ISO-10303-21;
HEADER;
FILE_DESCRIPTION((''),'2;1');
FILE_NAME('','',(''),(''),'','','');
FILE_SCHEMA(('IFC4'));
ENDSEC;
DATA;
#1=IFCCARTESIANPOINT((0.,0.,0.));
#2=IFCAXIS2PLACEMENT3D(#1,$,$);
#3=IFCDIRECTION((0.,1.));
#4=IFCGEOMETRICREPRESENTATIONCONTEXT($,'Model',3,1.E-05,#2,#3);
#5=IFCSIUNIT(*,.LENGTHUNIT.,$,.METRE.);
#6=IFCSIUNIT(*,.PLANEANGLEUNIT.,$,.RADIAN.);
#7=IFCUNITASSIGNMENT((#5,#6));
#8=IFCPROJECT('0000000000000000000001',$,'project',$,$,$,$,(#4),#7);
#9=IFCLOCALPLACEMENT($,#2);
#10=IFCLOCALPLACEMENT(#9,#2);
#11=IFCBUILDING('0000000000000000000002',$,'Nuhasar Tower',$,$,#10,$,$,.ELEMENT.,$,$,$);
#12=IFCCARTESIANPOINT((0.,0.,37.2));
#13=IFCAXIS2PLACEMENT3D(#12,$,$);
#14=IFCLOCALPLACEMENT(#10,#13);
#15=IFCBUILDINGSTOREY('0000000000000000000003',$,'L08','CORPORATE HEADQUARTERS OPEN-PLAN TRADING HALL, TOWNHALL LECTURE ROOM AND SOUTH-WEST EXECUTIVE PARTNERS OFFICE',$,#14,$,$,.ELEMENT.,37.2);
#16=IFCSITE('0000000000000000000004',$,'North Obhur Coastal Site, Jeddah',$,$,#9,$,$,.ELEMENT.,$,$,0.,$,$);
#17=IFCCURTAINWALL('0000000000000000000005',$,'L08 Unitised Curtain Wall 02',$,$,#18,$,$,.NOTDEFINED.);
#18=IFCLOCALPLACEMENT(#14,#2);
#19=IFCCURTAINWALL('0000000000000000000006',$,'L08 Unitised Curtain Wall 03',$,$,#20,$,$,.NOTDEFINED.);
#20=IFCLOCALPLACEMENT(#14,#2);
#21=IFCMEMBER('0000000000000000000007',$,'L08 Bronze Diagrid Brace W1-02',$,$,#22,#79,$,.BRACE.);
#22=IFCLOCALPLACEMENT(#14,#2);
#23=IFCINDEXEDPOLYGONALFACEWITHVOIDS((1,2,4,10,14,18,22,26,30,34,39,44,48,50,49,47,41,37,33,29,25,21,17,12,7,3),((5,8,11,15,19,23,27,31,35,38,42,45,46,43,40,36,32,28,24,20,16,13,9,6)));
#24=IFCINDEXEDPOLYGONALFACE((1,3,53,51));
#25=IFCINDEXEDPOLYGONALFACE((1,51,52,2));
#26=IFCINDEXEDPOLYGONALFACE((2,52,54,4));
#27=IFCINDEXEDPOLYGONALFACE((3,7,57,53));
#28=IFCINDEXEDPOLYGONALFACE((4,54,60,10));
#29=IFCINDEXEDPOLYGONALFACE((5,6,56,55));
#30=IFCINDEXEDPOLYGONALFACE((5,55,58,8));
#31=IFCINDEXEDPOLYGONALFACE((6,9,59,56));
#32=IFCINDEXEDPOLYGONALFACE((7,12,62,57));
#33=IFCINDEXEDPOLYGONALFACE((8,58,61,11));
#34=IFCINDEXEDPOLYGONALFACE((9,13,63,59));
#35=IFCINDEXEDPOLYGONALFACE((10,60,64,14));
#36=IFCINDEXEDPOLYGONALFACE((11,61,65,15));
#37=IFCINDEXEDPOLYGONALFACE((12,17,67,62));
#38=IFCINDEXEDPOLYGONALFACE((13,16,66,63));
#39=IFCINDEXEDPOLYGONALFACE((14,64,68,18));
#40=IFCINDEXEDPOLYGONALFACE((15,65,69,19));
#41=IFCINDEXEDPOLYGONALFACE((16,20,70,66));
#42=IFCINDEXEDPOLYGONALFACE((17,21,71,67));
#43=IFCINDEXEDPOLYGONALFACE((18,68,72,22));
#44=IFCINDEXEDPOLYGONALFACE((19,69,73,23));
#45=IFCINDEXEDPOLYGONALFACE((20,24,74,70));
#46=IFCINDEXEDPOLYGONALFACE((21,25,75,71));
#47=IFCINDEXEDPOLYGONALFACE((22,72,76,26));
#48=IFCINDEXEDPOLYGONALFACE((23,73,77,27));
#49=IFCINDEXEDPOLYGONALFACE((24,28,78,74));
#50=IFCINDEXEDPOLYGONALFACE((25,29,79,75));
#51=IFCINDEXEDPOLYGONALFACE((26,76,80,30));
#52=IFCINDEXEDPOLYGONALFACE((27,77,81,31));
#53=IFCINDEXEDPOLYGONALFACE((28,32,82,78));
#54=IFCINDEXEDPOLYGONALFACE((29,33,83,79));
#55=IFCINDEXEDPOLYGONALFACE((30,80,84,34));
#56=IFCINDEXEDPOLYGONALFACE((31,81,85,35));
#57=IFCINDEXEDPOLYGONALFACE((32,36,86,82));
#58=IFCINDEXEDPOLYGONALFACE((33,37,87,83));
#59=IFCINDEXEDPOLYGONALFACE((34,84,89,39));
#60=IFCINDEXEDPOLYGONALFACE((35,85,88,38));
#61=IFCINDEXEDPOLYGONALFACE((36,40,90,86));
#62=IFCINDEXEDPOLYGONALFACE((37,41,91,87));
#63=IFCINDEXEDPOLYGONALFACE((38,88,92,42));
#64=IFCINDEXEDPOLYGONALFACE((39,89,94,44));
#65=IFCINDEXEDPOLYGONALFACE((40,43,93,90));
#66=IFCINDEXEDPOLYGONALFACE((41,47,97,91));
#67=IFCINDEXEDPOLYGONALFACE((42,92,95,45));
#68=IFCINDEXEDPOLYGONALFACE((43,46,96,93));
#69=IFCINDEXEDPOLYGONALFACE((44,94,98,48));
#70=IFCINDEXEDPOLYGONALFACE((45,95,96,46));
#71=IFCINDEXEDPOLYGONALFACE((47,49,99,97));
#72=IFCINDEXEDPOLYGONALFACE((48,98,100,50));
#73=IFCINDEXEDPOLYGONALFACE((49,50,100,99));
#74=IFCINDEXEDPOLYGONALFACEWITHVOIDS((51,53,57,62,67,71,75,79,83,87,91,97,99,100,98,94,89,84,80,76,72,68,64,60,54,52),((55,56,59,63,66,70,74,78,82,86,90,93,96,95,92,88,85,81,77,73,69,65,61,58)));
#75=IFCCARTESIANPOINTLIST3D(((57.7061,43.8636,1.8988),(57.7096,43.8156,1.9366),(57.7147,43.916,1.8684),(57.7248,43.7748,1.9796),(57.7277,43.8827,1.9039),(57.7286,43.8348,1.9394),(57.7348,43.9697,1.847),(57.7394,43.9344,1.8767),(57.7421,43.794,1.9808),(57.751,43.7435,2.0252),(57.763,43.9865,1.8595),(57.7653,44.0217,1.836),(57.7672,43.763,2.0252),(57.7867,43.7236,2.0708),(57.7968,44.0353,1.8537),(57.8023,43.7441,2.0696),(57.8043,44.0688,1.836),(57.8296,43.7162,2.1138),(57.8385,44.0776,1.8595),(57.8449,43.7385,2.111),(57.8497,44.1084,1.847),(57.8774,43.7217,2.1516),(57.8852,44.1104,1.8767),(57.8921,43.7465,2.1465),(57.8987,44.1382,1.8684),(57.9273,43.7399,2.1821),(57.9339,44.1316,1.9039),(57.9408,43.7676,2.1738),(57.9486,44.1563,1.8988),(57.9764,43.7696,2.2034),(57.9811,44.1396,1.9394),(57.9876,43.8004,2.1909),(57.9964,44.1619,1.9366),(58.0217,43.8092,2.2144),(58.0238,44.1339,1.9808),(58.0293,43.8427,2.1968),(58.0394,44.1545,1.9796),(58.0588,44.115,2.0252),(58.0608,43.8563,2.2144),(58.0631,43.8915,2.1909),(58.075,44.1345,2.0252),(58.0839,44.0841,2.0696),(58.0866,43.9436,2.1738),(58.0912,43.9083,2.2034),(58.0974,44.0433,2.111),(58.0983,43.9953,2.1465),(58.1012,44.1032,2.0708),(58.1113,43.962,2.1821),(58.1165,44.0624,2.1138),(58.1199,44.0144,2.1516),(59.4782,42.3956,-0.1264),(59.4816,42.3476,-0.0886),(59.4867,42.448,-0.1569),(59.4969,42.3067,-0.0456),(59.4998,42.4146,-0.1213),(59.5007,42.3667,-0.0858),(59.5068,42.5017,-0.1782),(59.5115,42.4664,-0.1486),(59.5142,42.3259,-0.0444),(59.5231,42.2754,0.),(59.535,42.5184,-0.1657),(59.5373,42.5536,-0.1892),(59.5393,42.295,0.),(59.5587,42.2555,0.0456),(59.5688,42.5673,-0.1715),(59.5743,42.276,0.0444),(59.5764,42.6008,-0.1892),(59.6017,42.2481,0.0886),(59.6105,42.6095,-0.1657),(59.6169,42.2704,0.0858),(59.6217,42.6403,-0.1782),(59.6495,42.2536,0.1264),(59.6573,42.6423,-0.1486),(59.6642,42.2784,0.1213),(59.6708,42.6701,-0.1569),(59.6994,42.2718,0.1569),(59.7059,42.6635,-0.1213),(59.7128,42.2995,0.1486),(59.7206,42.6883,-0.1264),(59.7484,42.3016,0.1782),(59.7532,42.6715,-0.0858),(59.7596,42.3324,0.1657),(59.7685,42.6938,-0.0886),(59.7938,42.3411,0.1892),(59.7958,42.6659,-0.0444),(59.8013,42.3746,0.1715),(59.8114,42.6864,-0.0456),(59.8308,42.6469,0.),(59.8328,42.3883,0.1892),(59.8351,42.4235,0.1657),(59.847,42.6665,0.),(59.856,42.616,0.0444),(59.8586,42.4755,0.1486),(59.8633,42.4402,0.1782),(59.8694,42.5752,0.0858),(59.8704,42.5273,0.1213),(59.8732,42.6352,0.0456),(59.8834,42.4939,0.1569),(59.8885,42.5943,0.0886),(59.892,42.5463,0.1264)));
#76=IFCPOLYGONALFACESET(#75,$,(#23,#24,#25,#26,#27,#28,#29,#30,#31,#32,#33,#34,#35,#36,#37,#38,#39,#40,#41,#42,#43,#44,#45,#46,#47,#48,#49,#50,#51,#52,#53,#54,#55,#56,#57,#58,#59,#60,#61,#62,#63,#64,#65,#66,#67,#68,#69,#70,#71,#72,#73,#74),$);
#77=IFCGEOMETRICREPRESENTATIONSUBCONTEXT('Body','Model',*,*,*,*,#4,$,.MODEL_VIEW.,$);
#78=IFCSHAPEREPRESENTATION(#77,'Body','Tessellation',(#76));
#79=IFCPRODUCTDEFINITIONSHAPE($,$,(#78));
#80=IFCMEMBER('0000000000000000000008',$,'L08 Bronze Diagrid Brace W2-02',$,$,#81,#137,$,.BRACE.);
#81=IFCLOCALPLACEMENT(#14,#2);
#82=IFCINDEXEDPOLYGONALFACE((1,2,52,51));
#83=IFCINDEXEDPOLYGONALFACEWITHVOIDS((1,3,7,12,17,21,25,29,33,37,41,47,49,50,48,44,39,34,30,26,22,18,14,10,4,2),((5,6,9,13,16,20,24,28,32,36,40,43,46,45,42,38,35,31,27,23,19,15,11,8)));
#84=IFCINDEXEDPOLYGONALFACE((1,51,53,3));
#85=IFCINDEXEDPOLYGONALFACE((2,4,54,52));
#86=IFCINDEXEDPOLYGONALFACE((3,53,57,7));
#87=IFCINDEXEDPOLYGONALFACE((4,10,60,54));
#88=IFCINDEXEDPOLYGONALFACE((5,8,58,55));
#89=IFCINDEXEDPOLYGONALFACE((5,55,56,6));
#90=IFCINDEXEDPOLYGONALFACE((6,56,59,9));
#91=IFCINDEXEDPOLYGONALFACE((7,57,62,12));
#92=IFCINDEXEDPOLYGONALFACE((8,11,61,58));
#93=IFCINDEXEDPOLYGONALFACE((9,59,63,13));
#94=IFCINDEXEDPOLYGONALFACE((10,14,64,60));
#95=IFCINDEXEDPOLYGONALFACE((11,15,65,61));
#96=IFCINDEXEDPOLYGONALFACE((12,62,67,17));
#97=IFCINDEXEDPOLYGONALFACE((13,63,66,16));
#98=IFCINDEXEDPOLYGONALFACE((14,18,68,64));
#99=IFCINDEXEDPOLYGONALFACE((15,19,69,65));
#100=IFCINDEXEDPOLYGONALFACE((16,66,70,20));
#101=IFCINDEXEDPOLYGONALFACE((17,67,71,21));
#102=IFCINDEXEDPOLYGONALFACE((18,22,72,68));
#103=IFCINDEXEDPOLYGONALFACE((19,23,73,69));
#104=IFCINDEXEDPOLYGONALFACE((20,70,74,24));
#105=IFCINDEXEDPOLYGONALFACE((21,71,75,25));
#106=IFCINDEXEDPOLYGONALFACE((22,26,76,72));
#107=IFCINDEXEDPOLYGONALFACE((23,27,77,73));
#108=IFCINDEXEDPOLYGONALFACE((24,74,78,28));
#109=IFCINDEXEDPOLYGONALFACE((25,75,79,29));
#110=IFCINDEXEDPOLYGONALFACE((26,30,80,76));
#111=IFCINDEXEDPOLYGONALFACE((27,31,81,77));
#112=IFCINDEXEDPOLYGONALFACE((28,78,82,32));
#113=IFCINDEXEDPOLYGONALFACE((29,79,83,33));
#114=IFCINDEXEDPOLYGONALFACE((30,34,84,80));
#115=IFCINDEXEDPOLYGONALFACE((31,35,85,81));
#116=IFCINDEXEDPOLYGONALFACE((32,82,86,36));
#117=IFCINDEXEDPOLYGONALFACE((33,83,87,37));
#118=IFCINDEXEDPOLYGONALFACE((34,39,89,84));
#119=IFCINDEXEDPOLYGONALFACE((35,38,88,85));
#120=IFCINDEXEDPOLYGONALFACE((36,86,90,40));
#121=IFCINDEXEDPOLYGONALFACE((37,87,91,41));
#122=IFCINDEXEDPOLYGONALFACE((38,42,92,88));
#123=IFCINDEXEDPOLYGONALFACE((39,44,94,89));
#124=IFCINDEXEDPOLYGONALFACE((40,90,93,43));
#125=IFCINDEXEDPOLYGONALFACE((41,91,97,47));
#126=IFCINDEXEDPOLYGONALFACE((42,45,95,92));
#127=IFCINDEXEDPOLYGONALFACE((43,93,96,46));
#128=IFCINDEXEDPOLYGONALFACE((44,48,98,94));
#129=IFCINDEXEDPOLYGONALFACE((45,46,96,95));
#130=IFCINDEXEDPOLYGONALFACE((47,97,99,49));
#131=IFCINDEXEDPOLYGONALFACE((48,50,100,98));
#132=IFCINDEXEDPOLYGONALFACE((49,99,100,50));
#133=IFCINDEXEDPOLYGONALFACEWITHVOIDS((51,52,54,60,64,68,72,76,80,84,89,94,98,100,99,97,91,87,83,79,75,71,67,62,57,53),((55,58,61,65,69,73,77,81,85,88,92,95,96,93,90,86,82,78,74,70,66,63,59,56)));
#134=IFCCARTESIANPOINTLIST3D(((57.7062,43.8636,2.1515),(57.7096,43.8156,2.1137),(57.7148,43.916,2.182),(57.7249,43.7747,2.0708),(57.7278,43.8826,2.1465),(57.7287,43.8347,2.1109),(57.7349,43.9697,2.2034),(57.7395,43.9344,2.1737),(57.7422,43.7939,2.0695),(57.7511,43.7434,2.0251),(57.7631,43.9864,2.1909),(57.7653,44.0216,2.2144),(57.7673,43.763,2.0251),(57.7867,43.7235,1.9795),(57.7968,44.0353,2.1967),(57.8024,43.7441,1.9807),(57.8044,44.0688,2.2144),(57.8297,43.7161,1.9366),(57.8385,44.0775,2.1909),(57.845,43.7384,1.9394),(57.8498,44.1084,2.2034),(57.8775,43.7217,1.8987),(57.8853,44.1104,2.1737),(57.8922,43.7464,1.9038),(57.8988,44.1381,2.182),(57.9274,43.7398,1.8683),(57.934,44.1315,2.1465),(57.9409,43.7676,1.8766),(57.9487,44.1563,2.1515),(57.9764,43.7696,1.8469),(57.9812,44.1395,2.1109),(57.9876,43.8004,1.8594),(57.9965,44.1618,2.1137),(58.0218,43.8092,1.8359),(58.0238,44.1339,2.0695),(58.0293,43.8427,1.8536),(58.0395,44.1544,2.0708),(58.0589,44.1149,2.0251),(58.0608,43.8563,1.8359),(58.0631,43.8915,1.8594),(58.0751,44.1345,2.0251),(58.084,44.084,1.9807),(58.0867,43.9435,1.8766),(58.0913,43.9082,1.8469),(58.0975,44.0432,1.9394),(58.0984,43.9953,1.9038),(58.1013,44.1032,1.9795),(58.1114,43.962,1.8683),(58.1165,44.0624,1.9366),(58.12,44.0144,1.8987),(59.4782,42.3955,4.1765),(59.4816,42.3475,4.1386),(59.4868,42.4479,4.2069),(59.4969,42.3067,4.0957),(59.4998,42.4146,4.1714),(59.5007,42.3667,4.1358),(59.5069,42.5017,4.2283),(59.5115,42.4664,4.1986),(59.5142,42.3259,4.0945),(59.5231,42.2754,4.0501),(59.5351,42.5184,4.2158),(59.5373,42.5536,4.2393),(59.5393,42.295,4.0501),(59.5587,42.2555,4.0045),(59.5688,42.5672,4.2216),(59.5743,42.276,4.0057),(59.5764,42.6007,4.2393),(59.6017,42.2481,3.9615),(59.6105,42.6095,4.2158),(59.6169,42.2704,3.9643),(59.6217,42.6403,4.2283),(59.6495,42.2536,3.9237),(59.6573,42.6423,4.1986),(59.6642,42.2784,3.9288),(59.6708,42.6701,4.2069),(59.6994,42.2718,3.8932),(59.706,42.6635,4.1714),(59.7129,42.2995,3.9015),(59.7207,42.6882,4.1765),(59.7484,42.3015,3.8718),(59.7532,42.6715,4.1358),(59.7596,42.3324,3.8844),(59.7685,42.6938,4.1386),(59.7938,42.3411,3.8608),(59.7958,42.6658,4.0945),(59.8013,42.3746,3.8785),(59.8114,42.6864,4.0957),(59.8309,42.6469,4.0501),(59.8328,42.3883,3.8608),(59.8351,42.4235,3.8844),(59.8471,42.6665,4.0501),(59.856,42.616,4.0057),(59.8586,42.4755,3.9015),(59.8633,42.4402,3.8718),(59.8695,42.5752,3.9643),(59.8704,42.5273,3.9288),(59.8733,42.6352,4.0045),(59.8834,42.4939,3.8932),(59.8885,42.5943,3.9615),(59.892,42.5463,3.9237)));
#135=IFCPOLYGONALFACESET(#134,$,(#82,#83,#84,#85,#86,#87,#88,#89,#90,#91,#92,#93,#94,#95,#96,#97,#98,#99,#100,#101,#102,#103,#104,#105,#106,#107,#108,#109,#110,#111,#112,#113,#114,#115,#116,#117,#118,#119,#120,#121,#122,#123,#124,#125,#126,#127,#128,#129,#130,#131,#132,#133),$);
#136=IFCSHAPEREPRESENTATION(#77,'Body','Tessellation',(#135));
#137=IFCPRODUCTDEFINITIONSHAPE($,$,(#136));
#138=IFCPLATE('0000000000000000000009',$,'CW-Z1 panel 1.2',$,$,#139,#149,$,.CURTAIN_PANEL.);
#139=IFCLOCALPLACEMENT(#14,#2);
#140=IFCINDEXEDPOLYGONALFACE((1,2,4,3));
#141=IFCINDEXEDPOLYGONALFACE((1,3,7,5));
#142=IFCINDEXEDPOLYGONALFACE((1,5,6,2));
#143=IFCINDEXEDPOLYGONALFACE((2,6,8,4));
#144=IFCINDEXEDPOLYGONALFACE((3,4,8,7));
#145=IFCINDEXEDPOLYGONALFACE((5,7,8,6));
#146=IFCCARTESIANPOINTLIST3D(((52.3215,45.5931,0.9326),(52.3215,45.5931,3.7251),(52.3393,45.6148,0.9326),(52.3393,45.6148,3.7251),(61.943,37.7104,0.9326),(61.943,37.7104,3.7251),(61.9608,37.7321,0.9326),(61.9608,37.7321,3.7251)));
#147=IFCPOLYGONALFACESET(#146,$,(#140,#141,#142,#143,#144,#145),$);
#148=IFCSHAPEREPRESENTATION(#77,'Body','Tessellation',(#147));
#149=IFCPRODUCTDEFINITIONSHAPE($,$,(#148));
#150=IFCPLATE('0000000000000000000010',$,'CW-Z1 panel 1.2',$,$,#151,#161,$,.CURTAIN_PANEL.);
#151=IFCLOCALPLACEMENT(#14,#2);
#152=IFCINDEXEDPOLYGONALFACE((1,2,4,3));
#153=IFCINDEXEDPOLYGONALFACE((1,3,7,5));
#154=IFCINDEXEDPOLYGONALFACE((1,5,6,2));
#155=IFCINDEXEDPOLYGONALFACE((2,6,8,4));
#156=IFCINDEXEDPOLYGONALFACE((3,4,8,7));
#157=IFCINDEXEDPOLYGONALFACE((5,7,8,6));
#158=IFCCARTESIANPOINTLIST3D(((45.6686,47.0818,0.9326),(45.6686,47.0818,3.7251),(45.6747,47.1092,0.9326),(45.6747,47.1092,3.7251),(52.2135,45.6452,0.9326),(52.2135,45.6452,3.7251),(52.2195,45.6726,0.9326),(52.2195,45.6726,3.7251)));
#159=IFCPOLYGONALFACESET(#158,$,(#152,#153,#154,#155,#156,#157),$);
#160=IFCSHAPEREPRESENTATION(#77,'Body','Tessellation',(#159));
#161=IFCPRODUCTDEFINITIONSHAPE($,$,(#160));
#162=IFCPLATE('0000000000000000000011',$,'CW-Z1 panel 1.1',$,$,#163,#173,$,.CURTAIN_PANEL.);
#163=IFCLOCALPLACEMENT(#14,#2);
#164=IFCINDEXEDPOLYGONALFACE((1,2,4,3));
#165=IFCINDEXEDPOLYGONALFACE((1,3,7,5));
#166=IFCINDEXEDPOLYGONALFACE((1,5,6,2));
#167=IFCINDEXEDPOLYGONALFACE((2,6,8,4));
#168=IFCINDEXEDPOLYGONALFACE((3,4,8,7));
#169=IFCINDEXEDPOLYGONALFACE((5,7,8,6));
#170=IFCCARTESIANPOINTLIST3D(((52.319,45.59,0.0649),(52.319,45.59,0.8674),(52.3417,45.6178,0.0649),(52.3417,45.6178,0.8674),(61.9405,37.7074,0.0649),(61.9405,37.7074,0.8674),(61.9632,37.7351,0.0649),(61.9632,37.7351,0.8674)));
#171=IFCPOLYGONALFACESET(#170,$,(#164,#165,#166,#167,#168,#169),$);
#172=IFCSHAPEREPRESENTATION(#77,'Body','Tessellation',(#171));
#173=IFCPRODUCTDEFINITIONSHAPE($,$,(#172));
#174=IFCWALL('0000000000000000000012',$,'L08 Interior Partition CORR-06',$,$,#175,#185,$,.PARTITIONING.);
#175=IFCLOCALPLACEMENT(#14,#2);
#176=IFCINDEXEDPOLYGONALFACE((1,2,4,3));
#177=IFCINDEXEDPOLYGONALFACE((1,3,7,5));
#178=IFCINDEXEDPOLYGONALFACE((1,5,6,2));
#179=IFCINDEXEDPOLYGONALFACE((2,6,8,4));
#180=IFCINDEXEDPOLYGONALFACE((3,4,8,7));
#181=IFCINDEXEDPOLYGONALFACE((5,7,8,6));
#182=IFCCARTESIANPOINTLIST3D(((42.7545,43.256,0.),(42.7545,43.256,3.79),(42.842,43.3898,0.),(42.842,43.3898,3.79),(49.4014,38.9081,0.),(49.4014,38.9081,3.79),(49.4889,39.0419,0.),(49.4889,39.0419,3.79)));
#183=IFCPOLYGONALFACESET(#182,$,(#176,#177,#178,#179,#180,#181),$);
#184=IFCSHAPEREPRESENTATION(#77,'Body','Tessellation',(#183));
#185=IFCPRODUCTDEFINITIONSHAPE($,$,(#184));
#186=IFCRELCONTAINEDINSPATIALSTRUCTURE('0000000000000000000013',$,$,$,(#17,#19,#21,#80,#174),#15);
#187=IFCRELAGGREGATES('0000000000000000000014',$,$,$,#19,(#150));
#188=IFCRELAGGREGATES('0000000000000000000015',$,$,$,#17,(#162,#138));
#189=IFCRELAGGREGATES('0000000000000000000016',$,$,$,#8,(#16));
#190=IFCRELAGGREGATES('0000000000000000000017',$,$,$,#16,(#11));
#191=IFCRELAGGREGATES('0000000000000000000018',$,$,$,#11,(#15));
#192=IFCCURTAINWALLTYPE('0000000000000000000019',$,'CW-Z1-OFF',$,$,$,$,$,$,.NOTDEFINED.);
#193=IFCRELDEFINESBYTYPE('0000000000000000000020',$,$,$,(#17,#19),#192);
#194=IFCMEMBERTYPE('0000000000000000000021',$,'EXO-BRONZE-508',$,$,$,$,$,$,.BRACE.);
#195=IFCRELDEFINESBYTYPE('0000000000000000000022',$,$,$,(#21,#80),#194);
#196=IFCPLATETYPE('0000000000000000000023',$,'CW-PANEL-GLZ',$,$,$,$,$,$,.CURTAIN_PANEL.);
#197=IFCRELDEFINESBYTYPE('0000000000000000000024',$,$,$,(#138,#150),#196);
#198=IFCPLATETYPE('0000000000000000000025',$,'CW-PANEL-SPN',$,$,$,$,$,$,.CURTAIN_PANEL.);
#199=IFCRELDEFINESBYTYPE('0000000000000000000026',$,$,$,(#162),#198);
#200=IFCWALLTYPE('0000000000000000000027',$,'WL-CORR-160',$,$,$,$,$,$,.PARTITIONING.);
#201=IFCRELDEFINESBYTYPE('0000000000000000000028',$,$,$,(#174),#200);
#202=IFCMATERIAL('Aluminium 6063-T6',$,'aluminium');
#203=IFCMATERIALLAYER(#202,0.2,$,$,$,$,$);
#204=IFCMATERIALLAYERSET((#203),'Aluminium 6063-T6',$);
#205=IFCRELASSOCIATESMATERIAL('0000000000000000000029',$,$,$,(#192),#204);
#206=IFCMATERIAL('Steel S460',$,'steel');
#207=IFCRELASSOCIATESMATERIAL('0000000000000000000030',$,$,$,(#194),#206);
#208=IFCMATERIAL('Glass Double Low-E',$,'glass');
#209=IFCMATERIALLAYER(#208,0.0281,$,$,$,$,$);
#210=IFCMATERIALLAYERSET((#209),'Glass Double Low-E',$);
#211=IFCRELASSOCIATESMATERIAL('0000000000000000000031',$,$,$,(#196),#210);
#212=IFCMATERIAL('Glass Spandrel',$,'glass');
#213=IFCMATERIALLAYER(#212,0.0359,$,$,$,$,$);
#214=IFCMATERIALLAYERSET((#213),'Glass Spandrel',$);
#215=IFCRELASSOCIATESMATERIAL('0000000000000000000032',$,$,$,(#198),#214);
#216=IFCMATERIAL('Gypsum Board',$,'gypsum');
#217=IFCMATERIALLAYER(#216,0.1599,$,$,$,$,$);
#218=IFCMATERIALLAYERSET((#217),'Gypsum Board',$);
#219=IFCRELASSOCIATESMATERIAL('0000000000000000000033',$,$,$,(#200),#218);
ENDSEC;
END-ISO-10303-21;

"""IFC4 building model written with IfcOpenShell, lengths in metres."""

from ifc_helpers import new_model, si_unit, direction, frame, frame_2d, origin, origin_2d, place, context, subcontext, project, spatial, rectangle, hollow_circle, extrude, material, layer, layer_set, material_profile, profile_set, type_object, element, aggregate, save


model = new_model("IFC4")

# Units and contexts
model_context = context("Model", 3, precision=1e-05, world=origin(), true_north=direction((0.0, 1.0)))
body_context = subcontext(model_context, "Body", "Model", "MODEL_VIEW")
ifc_project = project(units=[si_unit("LENGTHUNIT", "METRE"), si_unit("PLANEANGLEUNIT", "RADIAN")], contexts=[model_context])

# Site, building, storey
site_placement = place(None, origin())
site = spatial("IfcSite", under=ifc_project, at=site_placement, Name="North Obhur Coastal Site, Jeddah", CompositionType="ELEMENT", RefElevation=0.0)
building_placement = place(site_placement, origin())
building = spatial("IfcBuilding", under=site, at=building_placement, Name="Nuhasar Tower", CompositionType="ELEMENT")
storey_placement = place(building_placement, frame((0.0, 0.0, 37.2)))
storey = spatial("IfcBuildingStorey", under=building, at=storey_placement, Name="L08", Description="CORPORATE HEADQUARTERS OPEN-PLAN TRADING HALL, TOWNHALL LECTURE ROOM AND SOUTH-WEST EXECUTIVE PARTNERS OFFICE", CompositionType="ELEMENT", Elevation=37.2)

# Shared definitions
ifc_material_1 = material(Name="Aluminium 6063-T6", Category="aluminium")
ifc_layer_1 = layer(ifc_material_1, 0.2)
ifc_layer_set_1 = layer_set([ifc_layer_1], Name="Aluminium 6063-T6")
curtain_wall_type = type_object("IfcCurtainWallType", Name="CW-Z1-OFF", PredefinedType="NOTDEFINED", material=ifc_layer_set_1)

# Curtain wall
curtain_wall_1_placement = place(storey_placement, origin())
curtain_wall_1 = element("IfcCurtainWall", 1, at=curtain_wall_1_placement, inside=storey, type_object=curtain_wall_type, Name="L08 Unitised Curtain Wall 02", PredefinedType="NOTDEFINED")

# Curtain wall
curtain_wall_2_placement = place(storey_placement, origin())
curtain_wall_2 = element("IfcCurtainWall", 2, at=curtain_wall_2_placement, inside=storey, type_object=curtain_wall_type, Name="L08 Unitised Curtain Wall 03", PredefinedType="NOTDEFINED")

# Members
ifc_material_2 = material(Name="Steel S460", Category="steel")
ifc_material_profile_1 = material_profile(ifc_material_2, hollow_circle(Radius=0.2539, WallThickness=0.0254, at=origin_2d()), Name="HSS508X25.4")
ifc_profile_set_1 = profile_set([ifc_material_profile_1], Name="Steel S460")
member_type_1 = type_object("IfcMemberType", Name="EXO-BRONZE-508", PredefinedType="BRACE", material=ifc_profile_set_1)
member_1_placement = place(storey_placement, frame((59.6851, 42.4709, 0.0), z_axis=(-0.578071, 0.478912, 0.660664), x_axis=(-0.637969, -0.770062, 0.0)))
element("IfcMember", 3, at=member_1_placement, inside=storey, type_object=member_type_1, Name="L08 Bronze Diagrid Brace W1-02", PredefinedType="BRACE", context=body_context, shape_type="SweptSolid", body=[
    extrude(hollow_circle(Radius=0.2539, WallThickness=0.0254, at=origin_2d()), origin(), (0.0, 0.0, 1.0), 3.0654),
])
member_2_placement = place(storey_placement, frame((57.9131, 43.939, 2.0251), z_axis=(0.578102, -0.478937, 0.660619), x_axis=(0.637969, 0.770062, 0.0)))
element("IfcMember", 4, at=member_2_placement, inside=storey, type_object=member_type_1, Name="L08 Bronze Diagrid Brace W2-02", PredefinedType="BRACE", context=body_context, shape_type="SweptSolid", body=[
    extrude(hollow_circle(Radius=0.2539, WallThickness=0.0254, at=origin_2d()), origin(), (0.0, 0.0, 1.0), 3.0652),
])

# Plates
ifc_material_3 = material(Name="Glass Double Low-E", Category="glass")
ifc_layer_2 = layer(ifc_material_3, 0.0281)
ifc_layer_set_2 = layer_set([ifc_layer_2], Name="Glass Double Low-E")
plate_type_1 = type_object("IfcPlateType", Name="CW-PANEL-GLZ", PredefinedType="CURTAIN_PANEL", material=ifc_layer_set_2)
plate_1_placement = place(storey_placement, frame((57.1411, 41.6626, 0.9326), z_axis=(0.0, 0.0, 1.0), x_axis=(-0.773542, 0.633745, 0.0)))
plate_1 = element("IfcPlate", 5, at=plate_1_placement, type_object=plate_type_1, Name="CW-Z1 panel 1.2", PredefinedType="CURTAIN_PANEL", context=body_context, shape_type="SweptSolid", body=[
    extrude(rectangle(XDim=12.4382, YDim=0.0281, at=origin_2d()), origin(), (0.0, 0.0, 1.0), 2.7925),
])
plate_2_placement = place(storey_placement, frame((48.9441, 46.3772, 0.9326), z_axis=(0.0, 0.0, 1.0), x_axis=(-0.976746, 0.214399, 0.0)))
plate_2 = element("IfcPlate", 6, at=plate_2_placement, type_object=plate_type_1, Name="CW-Z1 panel 1.2", PredefinedType="CURTAIN_PANEL", context=body_context, shape_type="SweptSolid", body=[
    extrude(rectangle(XDim=6.7007, YDim=0.0281, at=origin_2d()), origin(), (0.0, 0.0, 1.0), 2.7925),
])
aggregate(curtain_wall_2, [plate_2])
ifc_material_4 = material(Name="Glass Spandrel", Category="glass")
ifc_layer_3 = layer(ifc_material_4, 0.0359)
ifc_layer_set_3 = layer_set([ifc_layer_3], Name="Glass Spandrel")
plate_type_2 = type_object("IfcPlateType", Name="CW-PANEL-SPN", PredefinedType="CURTAIN_PANEL", material=ifc_layer_set_3)
plate_3_placement = place(storey_placement, frame((57.1411, 41.6626, 0.0649), z_axis=(0.0, 0.0, 1.0), x_axis=(-0.773542, 0.633745, 0.0)))
plate_3 = element("IfcPlate", 7, at=plate_3_placement, type_object=plate_type_2, Name="CW-Z1 panel 1.1", PredefinedType="CURTAIN_PANEL", context=body_context, shape_type="SweptSolid", body=[
    extrude(rectangle(XDim=12.4382, YDim=0.0359, at=origin_2d()), origin(), (0.0, 0.0, 1.0), 0.8025),
])
aggregate(curtain_wall_1, [plate_3, plate_1])

# Wall
ifc_material_5 = material(Name="Gypsum Board", Category="gypsum")
ifc_layer_4 = layer(ifc_material_5, 0.1599)
ifc_layer_set_4 = layer_set([ifc_layer_4], Name="Gypsum Board")
wall_type = type_object("IfcWallType", Name="WL-CORR-160", PredefinedType="PARTITIONING", material=ifc_layer_set_4)
wall_placement = place(storey_placement, frame((49.4451, 38.9751, 0.0), z_axis=(0.0, 0.0, 1.0), x_axis=(-0.836866, 0.547408, 0.0)))
element("IfcWall", 8, at=wall_placement, inside=storey, type_object=wall_type, Name="L08 Interior Partition CORR-06", PredefinedType="PARTITIONING", context=body_context, shape_type="SweptSolid", body=[
    extrude(rectangle(XDim=7.9426, YDim=0.1599, at=frame_2d((3.9712, 0.0))), origin(), (0.0, 0.0, 1.0), 3.79),
])

save(model, "model.ifc")
